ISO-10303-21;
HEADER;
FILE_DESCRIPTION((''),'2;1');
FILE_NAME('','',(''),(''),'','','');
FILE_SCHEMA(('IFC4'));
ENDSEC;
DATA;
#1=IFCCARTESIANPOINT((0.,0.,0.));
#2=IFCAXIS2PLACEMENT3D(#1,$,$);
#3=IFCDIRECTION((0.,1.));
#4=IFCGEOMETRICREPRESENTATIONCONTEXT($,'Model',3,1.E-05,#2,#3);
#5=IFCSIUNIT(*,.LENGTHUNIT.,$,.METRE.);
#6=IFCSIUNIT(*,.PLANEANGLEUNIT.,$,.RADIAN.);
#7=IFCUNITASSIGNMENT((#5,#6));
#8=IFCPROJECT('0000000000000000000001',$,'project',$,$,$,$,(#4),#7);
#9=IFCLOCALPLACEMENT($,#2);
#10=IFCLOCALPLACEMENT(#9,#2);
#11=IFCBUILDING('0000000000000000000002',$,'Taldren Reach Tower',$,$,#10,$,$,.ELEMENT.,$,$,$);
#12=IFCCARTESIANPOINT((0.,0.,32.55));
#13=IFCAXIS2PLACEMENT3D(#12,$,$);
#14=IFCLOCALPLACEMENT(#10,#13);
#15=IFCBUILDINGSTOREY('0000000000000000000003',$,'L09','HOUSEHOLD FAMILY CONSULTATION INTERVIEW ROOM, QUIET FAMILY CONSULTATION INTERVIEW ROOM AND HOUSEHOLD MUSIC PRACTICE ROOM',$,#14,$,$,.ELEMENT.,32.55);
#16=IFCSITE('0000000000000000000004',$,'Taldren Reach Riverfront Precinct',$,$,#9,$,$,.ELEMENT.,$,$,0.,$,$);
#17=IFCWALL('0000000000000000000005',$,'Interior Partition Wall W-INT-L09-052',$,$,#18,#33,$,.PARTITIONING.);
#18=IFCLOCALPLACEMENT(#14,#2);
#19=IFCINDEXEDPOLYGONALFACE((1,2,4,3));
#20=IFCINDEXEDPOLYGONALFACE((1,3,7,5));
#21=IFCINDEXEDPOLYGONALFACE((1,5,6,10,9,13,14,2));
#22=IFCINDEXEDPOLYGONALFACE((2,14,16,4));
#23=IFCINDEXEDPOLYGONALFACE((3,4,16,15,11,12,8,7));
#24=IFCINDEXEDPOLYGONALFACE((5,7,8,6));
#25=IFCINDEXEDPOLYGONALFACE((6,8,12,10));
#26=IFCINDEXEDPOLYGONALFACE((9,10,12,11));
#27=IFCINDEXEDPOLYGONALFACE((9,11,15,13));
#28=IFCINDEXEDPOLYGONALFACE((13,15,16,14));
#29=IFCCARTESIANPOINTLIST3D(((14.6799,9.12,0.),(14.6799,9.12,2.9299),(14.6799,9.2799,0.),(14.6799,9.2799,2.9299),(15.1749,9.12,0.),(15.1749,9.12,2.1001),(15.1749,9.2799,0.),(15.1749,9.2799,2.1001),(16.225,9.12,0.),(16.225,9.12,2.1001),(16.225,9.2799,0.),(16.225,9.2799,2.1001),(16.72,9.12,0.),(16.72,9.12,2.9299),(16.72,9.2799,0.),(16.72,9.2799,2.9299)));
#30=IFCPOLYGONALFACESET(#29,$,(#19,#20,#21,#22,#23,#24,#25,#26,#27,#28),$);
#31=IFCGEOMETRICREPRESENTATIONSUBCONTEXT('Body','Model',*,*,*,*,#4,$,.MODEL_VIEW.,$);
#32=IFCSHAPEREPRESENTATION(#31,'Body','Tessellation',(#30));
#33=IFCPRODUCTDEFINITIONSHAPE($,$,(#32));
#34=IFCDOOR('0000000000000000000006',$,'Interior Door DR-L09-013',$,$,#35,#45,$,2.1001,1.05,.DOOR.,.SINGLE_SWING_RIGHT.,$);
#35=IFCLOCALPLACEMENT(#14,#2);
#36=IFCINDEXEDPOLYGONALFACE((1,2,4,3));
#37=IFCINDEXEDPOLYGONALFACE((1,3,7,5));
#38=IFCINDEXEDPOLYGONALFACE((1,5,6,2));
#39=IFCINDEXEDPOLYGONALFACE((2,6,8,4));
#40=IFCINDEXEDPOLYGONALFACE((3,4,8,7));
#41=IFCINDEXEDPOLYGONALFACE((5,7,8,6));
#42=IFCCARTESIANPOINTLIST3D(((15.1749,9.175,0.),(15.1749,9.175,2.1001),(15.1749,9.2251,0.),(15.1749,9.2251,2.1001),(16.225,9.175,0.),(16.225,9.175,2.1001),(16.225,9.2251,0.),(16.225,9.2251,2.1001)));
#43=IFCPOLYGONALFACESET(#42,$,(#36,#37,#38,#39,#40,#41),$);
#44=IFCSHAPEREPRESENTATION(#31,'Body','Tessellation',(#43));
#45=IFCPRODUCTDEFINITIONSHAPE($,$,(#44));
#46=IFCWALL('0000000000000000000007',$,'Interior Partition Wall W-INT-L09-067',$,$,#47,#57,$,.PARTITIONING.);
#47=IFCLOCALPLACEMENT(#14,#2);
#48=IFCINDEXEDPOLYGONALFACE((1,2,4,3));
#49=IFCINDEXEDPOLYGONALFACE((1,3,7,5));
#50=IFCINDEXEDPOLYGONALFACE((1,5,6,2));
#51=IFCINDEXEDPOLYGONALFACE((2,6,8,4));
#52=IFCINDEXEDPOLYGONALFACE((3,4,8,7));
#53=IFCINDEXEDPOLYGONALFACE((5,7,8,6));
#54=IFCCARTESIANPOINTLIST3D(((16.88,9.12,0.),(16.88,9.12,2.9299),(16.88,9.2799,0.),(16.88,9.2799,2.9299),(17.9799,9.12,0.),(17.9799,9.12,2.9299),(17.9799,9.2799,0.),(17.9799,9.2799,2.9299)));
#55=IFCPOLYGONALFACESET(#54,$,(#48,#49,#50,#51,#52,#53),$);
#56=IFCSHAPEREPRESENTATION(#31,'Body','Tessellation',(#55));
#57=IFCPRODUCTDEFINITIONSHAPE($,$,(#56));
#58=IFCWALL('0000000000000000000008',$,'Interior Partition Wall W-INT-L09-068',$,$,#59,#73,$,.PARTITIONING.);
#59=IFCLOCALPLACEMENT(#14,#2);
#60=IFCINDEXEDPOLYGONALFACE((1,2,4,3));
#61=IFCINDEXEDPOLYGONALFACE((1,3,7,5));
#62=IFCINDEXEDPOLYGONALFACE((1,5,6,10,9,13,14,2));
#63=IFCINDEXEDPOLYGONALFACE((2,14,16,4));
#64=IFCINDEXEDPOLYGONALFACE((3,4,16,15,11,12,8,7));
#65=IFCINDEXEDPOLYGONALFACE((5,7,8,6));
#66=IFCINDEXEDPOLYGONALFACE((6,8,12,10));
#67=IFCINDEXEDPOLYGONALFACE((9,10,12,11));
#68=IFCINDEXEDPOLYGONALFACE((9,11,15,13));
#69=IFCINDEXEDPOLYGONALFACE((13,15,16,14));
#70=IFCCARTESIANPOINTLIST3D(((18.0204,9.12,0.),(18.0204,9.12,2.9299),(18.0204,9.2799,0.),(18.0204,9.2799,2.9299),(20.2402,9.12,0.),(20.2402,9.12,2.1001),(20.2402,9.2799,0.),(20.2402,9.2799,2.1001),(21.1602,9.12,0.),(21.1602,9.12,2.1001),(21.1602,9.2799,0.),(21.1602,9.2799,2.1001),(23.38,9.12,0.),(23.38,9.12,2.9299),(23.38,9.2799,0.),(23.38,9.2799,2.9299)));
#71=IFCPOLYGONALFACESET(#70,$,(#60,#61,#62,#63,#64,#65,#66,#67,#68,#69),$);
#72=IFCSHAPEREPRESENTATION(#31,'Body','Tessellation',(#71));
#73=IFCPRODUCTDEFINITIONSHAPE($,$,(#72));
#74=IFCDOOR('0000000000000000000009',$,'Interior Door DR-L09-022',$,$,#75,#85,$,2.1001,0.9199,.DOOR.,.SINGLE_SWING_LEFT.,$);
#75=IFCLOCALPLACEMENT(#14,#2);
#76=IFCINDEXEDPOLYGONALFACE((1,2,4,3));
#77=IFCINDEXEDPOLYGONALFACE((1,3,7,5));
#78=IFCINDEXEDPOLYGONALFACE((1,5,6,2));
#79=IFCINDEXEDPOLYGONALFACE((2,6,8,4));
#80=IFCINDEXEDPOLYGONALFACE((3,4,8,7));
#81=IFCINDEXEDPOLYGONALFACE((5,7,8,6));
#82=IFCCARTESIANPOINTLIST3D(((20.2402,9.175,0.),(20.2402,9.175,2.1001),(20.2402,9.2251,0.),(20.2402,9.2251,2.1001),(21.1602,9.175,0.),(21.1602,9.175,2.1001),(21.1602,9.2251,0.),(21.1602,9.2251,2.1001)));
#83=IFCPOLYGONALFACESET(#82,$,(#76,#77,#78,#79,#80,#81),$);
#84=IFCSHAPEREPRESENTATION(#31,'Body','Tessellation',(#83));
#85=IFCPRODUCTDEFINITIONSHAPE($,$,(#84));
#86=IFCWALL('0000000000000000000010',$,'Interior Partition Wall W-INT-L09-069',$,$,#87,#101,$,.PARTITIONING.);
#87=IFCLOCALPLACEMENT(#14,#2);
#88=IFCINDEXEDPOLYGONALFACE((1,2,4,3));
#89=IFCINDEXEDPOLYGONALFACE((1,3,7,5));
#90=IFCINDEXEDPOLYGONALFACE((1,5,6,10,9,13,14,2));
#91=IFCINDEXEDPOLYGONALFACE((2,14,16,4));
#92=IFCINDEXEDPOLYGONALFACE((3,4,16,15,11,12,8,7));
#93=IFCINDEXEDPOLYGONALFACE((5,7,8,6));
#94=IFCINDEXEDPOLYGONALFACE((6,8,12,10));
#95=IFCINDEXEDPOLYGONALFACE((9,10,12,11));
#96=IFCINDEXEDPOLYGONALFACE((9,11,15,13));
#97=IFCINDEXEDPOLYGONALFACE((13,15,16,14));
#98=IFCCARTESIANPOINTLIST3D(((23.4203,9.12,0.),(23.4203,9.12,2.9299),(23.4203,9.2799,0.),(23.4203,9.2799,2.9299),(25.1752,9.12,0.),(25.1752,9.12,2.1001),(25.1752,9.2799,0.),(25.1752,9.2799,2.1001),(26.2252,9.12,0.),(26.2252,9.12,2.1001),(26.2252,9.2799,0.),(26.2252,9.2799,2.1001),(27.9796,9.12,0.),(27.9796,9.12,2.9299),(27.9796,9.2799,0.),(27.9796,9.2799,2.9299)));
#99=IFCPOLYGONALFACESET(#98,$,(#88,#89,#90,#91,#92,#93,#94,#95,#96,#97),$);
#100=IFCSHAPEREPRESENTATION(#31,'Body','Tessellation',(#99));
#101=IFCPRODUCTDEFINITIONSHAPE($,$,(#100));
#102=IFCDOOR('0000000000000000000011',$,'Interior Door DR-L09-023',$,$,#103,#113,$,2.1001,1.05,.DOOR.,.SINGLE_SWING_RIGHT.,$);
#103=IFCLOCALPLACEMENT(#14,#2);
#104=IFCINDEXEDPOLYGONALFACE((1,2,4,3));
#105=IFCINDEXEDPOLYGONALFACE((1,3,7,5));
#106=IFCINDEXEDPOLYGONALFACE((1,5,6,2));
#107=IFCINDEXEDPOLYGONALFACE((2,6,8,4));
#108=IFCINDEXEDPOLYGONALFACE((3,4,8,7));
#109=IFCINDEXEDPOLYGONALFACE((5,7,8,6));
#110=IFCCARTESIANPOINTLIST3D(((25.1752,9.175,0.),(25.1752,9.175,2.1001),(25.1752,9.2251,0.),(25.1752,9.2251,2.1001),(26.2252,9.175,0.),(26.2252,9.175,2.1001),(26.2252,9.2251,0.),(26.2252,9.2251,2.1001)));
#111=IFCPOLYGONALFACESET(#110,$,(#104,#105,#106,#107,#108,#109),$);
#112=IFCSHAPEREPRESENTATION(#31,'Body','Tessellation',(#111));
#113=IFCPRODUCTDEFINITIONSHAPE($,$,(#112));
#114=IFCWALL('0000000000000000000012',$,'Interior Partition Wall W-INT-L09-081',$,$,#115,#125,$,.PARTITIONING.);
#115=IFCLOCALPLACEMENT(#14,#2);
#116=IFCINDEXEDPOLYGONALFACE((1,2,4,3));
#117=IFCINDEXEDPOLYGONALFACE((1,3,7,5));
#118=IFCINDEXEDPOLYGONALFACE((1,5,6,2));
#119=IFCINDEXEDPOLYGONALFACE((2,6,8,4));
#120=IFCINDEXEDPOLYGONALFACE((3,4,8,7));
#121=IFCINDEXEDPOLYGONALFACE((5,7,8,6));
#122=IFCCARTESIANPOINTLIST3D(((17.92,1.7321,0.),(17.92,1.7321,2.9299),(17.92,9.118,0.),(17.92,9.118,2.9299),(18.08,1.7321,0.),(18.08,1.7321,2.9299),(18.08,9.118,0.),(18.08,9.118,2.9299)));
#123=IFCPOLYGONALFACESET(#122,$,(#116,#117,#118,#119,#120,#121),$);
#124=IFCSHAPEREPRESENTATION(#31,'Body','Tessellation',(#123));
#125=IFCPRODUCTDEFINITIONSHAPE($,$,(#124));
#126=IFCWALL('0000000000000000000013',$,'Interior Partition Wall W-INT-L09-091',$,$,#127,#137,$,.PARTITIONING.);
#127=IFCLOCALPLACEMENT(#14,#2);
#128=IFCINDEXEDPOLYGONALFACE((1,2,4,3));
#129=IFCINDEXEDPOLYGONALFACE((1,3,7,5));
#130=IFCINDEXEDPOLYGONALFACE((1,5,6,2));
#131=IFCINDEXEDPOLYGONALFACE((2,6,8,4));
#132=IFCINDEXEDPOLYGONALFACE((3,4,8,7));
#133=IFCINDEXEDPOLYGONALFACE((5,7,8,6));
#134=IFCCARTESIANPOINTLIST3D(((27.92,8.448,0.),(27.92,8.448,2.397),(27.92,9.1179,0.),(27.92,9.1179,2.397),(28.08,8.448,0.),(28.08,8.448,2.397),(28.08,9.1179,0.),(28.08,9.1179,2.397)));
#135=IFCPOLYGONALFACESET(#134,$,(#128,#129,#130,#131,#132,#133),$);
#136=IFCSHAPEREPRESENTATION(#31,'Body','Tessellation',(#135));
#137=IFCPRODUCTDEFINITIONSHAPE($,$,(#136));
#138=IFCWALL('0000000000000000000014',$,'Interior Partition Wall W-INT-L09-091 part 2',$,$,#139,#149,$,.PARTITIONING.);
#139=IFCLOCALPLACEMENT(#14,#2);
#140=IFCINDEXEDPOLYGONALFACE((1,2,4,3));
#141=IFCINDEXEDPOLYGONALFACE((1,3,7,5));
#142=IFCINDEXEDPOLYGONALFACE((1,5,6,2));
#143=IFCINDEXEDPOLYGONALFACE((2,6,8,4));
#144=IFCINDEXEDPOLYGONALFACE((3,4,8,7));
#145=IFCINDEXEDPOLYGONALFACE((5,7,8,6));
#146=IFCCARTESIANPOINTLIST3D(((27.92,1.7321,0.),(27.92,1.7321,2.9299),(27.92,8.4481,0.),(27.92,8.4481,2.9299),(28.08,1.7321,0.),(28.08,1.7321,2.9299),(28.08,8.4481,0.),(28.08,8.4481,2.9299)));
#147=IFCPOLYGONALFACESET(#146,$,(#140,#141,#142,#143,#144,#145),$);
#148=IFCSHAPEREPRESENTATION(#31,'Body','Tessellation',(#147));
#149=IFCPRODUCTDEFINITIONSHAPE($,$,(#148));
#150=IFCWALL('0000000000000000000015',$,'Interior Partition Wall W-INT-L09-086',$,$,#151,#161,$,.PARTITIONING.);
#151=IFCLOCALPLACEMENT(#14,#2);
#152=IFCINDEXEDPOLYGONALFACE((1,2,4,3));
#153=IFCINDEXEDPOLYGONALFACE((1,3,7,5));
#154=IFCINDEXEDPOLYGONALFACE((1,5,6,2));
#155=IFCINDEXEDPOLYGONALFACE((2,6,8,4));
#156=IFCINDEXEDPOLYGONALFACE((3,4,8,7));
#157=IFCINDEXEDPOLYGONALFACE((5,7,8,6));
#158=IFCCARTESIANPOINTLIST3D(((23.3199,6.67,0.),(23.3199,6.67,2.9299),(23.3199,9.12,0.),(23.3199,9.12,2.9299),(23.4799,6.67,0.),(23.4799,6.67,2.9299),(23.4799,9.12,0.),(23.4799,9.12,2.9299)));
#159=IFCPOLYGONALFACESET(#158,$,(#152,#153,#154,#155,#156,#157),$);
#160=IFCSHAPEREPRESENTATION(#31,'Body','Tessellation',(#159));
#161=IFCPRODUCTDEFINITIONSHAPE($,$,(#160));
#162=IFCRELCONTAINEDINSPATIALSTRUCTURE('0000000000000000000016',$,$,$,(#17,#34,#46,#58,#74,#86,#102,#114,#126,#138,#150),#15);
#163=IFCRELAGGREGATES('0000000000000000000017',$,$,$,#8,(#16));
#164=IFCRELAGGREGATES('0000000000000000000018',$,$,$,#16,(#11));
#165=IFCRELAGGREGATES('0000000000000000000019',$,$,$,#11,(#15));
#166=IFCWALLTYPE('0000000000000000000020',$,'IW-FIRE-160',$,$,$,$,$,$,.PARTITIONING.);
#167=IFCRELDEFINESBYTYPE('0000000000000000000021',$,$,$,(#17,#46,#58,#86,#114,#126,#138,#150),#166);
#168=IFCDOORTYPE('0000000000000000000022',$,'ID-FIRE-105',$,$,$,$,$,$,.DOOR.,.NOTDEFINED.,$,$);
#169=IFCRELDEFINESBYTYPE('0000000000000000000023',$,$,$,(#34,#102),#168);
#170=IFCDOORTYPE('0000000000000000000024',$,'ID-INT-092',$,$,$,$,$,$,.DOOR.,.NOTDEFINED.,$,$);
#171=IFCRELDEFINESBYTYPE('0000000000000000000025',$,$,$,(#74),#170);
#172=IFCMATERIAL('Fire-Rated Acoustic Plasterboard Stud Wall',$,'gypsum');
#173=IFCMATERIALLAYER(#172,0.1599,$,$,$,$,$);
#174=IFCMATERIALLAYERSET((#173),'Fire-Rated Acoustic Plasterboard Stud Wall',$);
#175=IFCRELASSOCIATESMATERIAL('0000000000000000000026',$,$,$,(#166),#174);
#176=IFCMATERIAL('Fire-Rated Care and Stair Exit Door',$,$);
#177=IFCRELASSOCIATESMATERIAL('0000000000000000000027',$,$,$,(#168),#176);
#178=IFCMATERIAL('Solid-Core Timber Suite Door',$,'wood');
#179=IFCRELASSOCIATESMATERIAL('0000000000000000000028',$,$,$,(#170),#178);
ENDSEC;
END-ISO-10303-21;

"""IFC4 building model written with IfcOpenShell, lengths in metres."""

from ifc_helpers import new_model, si_unit, direction, frame, frame_2d, origin, place, context, subcontext, project, spatial, rectangle, extrude, source, transform, mapped, material, layer, layer_set, type_object, element, fill, save


model = new_model("IFC4")

# Units and contexts
model_context = context("Model", 3, precision=1e-05, world=origin(), true_north=direction((0.0, 1.0)))
body_context = subcontext(model_context, "Body", "Model", "MODEL_VIEW")
ifc_project = project(units=[si_unit("LENGTHUNIT", "METRE"), si_unit("PLANEANGLEUNIT", "RADIAN")], contexts=[model_context])

# Site, building, storey
site_placement = place(None, origin())
site = spatial("IfcSite", under=ifc_project, at=site_placement, Name="Taldren Reach Riverfront Precinct", CompositionType="ELEMENT", RefElevation=0.0)
building_placement = place(site_placement, origin())
building = spatial("IfcBuilding", under=site, at=building_placement, Name="Taldren Reach Tower", CompositionType="ELEMENT")
storey_placement = place(building_placement, frame((0.0, 0.0, 32.55)))
storey = spatial("IfcBuildingStorey", under=building, at=storey_placement, Name="L09", Description="HOUSEHOLD FAMILY CONSULTATION INTERVIEW ROOM, QUIET FAMILY CONSULTATION INTERVIEW ROOM AND HOUSEHOLD MUSIC PRACTICE ROOM", CompositionType="ELEMENT", Elevation=32.55)

# Wall, opening, door
ifc_material_1 = material(Name="Fire-Rated Acoustic Plasterboard Stud Wall", Category="gypsum")
ifc_layer = layer(ifc_material_1, 0.1599)
ifc_layer_set = layer_set([ifc_layer], Name="Fire-Rated Acoustic Plasterboard Stud Wall")
wall_type = type_object("IfcWallType", Name="IW-FIRE-160", PredefinedType="PARTITIONING", material=ifc_layer_set)
shared_shape_1 = source(origin(), body_context, "Body", "SweptSolid", [
    extrude(rectangle(XDim=2.04, YDim=0.1599, at=frame_2d((1.02, 0.0))), origin(), (0.0, 0.0, 1.0), 2.9299),
])
wall_1_placement = place(storey_placement, frame((16.72, 9.2, 0.0), z_axis=(0.0, 0.0, 1.0), x_axis=(-1.0, 0.0, 0.0)))
wall_1 = element("IfcWall", 1, at=wall_1_placement, inside=storey, type_object=wall_type, Name="Interior Partition Wall W-INT-L09-052", PredefinedType="PARTITIONING", context=body_context, shape_type="MappedRepresentation", body=[
    mapped(shared_shape_1, transform((0.0, 0.0, 0.0), scale=1.0)),
])
shared_shape_2 = source(origin(), body_context, "Body", "SweptSolid", [
    extrude(rectangle(XDim=1.05, YDim=2.1001, at=frame_2d((0.5249, 1.05))), frame((0.0, 0.0898, 0.0), z_axis=(0.0, -1.0, 0.0), x_axis=(1.0, 0.0, 0.0)), (0.0, 0.0, 1.0), 0.1799),
])
opening_1_placement = place(wall_1_placement, frame((0.4951, 0.0, 0.0)))
opening_1 = element("IfcOpeningElement", 2, at=opening_1_placement, cuts=wall_1, PredefinedType="OPENING", context=body_context, shape_type="MappedRepresentation", body=[
    mapped(shared_shape_2, transform((0.0, 0.0, 0.0), scale=1.0)),
])
ifc_material_2 = material(Name="Fire-Rated Care and Stair Exit Door")
door_type_1 = type_object("IfcDoorType", Name="ID-FIRE-105", OperationType="NOTDEFINED", PredefinedType="DOOR", material=ifc_material_2)
shared_shape_3 = source(origin(), body_context, "Body", "SweptSolid", [
    extrude(rectangle(XDim=1.05, YDim=2.1001, at=frame_2d((0.5249, 1.05))), frame((0.0, 0.0249, 0.0), z_axis=(0.0, -1.0, 0.0), x_axis=(1.0, 0.0, 0.0)), (0.0, 0.0, 1.0), 0.05),
])
door_1_placement = place(opening_1_placement, origin())
door_1 = element("IfcDoor", 3, at=door_1_placement, inside=storey, type_object=door_type_1, Name="Interior Door DR-L09-013", OperationType="SINGLE_SWING_RIGHT", OverallHeight=2.1001, OverallWidth=1.05, PredefinedType="DOOR", context=body_context, shape_type="MappedRepresentation", body=[
    mapped(shared_shape_3, transform((0.0, 0.0, 0.0), scale=1.0)),
])
fill(opening_1, door_1)

# Wall
shared_shape_4 = source(origin(), body_context, "Body", "SweptSolid", [
    extrude(rectangle(XDim=1.0999, YDim=0.1599, at=frame_2d((0.5498, 0.0))), origin(), (0.0, 0.0, 1.0), 2.9299),
])
wall_2_placement = place(storey_placement, frame((17.9797, 9.2, 0.0), z_axis=(0.0, 0.0, 1.0), x_axis=(-1.0, 0.0, 0.0)))
element("IfcWall", 4, at=wall_2_placement, inside=storey, type_object=wall_type, Name="Interior Partition Wall W-INT-L09-067", PredefinedType="PARTITIONING", context=body_context, shape_type="MappedRepresentation", body=[
    mapped(shared_shape_4, transform((0.0, 0.0, 0.0), scale=1.0)),
])

# Walls, openings, doors
shared_shape_5 = source(origin(), body_context, "Body", "SweptSolid", [
    extrude(rectangle(XDim=5.3596, YDim=0.1599, at=frame_2d((2.6797, 0.0))), origin(), (0.0, 0.0, 1.0), 2.9299),
])
wall_3_placement = place(storey_placement, frame((23.3799, 9.2, 0.0), z_axis=(0.0, 0.0, 1.0), x_axis=(-1.0, 0.0, 0.0)))
wall_3 = element("IfcWall", 5, at=wall_3_placement, inside=storey, type_object=wall_type, Name="Interior Partition Wall W-INT-L09-068", PredefinedType="PARTITIONING", context=body_context, shape_type="MappedRepresentation", body=[
    mapped(shared_shape_5, transform((0.0, 0.0, 0.0), scale=1.0)),
])
shared_shape_6 = source(origin(), body_context, "Body", "SweptSolid", [
    extrude(rectangle(XDim=0.9199, YDim=2.1001, at=frame_2d((0.46, 1.05))), frame((0.0, 0.0898, 0.0), z_axis=(0.0, -1.0, 0.0), x_axis=(1.0, 0.0, 0.0)), (0.0, 0.0, 1.0), 0.1799),
])
opening_2_placement = place(wall_3_placement, frame((2.2197, 0.0, 0.0)))
opening_2 = element("IfcOpeningElement", 6, at=opening_2_placement, cuts=wall_3, PredefinedType="OPENING", context=body_context, shape_type="MappedRepresentation", body=[
    mapped(shared_shape_6, transform((0.0, 0.0, 0.0), scale=1.0)),
])
ifc_material_3 = material(Name="Solid-Core Timber Suite Door", Category="wood")
door_type_2 = type_object("IfcDoorType", Name="ID-INT-092", OperationType="NOTDEFINED", PredefinedType="DOOR", material=ifc_material_3)
shared_shape_7 = source(origin(), body_context, "Body", "SweptSolid", [
    extrude(rectangle(XDim=0.9199, YDim=2.1001, at=frame_2d((0.46, 1.05))), frame((0.0, 0.0249, 0.0), z_axis=(0.0, -1.0, 0.0), x_axis=(1.0, 0.0, 0.0)), (0.0, 0.0, 1.0), 0.05),
])
door_2_placement = place(opening_2_placement, origin())
door_2 = element("IfcDoor", 7, at=door_2_placement, inside=storey, type_object=door_type_2, Name="Interior Door DR-L09-022", OperationType="SINGLE_SWING_LEFT", OverallHeight=2.1001, OverallWidth=0.9199, PredefinedType="DOOR", context=body_context, shape_type="MappedRepresentation", body=[
    mapped(shared_shape_7, transform((0.0, 0.0, 0.0), scale=1.0)),
])
fill(opening_2, door_2)
shared_shape_8 = source(origin(), body_context, "Body", "SweptSolid", [
    extrude(rectangle(XDim=4.5593, YDim=0.1599, at=frame_2d((2.2798, 0.0))), origin(), (0.0, 0.0, 1.0), 2.9299),
])
wall_4_placement = place(storey_placement, frame((27.9797, 9.2, 0.0), z_axis=(0.0, 0.0, 1.0), x_axis=(-1.0, 0.0, 0.0)))
wall_4 = element("IfcWall", 8, at=wall_4_placement, inside=storey, type_object=wall_type, Name="Interior Partition Wall W-INT-L09-069", PredefinedType="PARTITIONING", context=body_context, shape_type="MappedRepresentation", body=[
    mapped(shared_shape_8, transform((0.0, 0.0, 0.0), scale=1.0)),
])
opening_3_placement = place(wall_4_placement, frame((1.7546, 0.0, 0.0)))
opening_3 = element("IfcOpeningElement", 9, at=opening_3_placement, cuts=wall_4, PredefinedType="OPENING", context=body_context, shape_type="MappedRepresentation", body=[
    mapped(shared_shape_2, transform((0.0, 0.0, 0.0), scale=1.0)),
])
door_3_placement = place(opening_3_placement, origin())
door_3 = element("IfcDoor", 10, at=door_3_placement, inside=storey, type_object=door_type_1, Name="Interior Door DR-L09-023", OperationType="SINGLE_SWING_RIGHT", OverallHeight=2.1001, OverallWidth=1.05, PredefinedType="DOOR", context=body_context, shape_type="MappedRepresentation", body=[
    mapped(shared_shape_3, transform((0.0, 0.0, 0.0), scale=1.0)),
])
fill(opening_3, door_3)

# Walls
shared_shape_9 = source(origin(), body_context, "Body", "SweptSolid", [
    extrude(rectangle(XDim=7.386, YDim=0.1599, at=frame_2d((3.6929, 0.0))), origin(), (0.0, 0.0, 1.0), 2.9299),
])
wall_5_placement = place(storey_placement, frame((18.0, 9.1179, 0.0), z_axis=(0.0, 0.0, 1.0), x_axis=(0.0, -1.0, 0.0)))
element("IfcWall", 11, at=wall_5_placement, inside=storey, type_object=wall_type, Name="Interior Partition Wall W-INT-L09-081", PredefinedType="PARTITIONING", context=body_context, shape_type="MappedRepresentation", body=[
    mapped(shared_shape_9, transform((0.0, 0.0, 0.0), scale=1.0)),
])
shared_shape_10 = source(origin(), body_context, "Body", "SweptSolid", [
    extrude(rectangle(XDim=0.6699, YDim=0.1599, at=frame_2d((0.335, 0.0))), origin(), (0.0, 0.0, 1.0), 2.397),
])
wall_6_placement = place(storey_placement, frame((28.0, 9.1179, 0.0), z_axis=(0.0, 0.0, 1.0), x_axis=(0.0, -1.0, 0.0)))
element("IfcWall", 12, at=wall_6_placement, inside=storey, type_object=wall_type, Name="Interior Partition Wall W-INT-L09-091", PredefinedType="PARTITIONING", context=body_context, shape_type="MappedRepresentation", body=[
    mapped(shared_shape_10, transform((0.0, 0.0, 0.0), scale=1.0)),
])
shared_shape_11 = source(origin(), body_context, "Body", "SweptSolid", [
    extrude(rectangle(XDim=6.7161, YDim=0.1599, at=frame_2d((3.3579, 0.0))), origin(), (0.0, 0.0, 1.0), 2.9299),
])
wall_7_placement = place(storey_placement, frame((28.0, 8.448, 0.0), z_axis=(0.0, 0.0, 1.0), x_axis=(0.0, -1.0, 0.0)))
element("IfcWall", 13, at=wall_7_placement, inside=storey, type_object=wall_type, Name="Interior Partition Wall W-INT-L09-091 part 2", PredefinedType="PARTITIONING", context=body_context, shape_type="MappedRepresentation", body=[
    mapped(shared_shape_11, transform((0.0, 0.0, 0.0), scale=1.0)),
])
shared_shape_12 = source(origin(), body_context, "Body", "SweptSolid", [
    extrude(rectangle(XDim=2.45, YDim=0.1599, at=frame_2d((1.2251, 0.0))), origin(), (0.0, 0.0, 1.0), 2.9299),
])
wall_8_placement = place(storey_placement, frame((23.3999, 9.1201, 0.0), z_axis=(0.0, 0.0, 1.0), x_axis=(0.0, -1.0, 0.0)))
element("IfcWall", 14, at=wall_8_placement, inside=storey, type_object=wall_type, Name="Interior Partition Wall W-INT-L09-086", PredefinedType="PARTITIONING", context=body_context, shape_type="MappedRepresentation", body=[
    mapped(shared_shape_12, transform((0.0, 0.0, 0.0), scale=1.0)),
])

save(model, "model.ifc")
